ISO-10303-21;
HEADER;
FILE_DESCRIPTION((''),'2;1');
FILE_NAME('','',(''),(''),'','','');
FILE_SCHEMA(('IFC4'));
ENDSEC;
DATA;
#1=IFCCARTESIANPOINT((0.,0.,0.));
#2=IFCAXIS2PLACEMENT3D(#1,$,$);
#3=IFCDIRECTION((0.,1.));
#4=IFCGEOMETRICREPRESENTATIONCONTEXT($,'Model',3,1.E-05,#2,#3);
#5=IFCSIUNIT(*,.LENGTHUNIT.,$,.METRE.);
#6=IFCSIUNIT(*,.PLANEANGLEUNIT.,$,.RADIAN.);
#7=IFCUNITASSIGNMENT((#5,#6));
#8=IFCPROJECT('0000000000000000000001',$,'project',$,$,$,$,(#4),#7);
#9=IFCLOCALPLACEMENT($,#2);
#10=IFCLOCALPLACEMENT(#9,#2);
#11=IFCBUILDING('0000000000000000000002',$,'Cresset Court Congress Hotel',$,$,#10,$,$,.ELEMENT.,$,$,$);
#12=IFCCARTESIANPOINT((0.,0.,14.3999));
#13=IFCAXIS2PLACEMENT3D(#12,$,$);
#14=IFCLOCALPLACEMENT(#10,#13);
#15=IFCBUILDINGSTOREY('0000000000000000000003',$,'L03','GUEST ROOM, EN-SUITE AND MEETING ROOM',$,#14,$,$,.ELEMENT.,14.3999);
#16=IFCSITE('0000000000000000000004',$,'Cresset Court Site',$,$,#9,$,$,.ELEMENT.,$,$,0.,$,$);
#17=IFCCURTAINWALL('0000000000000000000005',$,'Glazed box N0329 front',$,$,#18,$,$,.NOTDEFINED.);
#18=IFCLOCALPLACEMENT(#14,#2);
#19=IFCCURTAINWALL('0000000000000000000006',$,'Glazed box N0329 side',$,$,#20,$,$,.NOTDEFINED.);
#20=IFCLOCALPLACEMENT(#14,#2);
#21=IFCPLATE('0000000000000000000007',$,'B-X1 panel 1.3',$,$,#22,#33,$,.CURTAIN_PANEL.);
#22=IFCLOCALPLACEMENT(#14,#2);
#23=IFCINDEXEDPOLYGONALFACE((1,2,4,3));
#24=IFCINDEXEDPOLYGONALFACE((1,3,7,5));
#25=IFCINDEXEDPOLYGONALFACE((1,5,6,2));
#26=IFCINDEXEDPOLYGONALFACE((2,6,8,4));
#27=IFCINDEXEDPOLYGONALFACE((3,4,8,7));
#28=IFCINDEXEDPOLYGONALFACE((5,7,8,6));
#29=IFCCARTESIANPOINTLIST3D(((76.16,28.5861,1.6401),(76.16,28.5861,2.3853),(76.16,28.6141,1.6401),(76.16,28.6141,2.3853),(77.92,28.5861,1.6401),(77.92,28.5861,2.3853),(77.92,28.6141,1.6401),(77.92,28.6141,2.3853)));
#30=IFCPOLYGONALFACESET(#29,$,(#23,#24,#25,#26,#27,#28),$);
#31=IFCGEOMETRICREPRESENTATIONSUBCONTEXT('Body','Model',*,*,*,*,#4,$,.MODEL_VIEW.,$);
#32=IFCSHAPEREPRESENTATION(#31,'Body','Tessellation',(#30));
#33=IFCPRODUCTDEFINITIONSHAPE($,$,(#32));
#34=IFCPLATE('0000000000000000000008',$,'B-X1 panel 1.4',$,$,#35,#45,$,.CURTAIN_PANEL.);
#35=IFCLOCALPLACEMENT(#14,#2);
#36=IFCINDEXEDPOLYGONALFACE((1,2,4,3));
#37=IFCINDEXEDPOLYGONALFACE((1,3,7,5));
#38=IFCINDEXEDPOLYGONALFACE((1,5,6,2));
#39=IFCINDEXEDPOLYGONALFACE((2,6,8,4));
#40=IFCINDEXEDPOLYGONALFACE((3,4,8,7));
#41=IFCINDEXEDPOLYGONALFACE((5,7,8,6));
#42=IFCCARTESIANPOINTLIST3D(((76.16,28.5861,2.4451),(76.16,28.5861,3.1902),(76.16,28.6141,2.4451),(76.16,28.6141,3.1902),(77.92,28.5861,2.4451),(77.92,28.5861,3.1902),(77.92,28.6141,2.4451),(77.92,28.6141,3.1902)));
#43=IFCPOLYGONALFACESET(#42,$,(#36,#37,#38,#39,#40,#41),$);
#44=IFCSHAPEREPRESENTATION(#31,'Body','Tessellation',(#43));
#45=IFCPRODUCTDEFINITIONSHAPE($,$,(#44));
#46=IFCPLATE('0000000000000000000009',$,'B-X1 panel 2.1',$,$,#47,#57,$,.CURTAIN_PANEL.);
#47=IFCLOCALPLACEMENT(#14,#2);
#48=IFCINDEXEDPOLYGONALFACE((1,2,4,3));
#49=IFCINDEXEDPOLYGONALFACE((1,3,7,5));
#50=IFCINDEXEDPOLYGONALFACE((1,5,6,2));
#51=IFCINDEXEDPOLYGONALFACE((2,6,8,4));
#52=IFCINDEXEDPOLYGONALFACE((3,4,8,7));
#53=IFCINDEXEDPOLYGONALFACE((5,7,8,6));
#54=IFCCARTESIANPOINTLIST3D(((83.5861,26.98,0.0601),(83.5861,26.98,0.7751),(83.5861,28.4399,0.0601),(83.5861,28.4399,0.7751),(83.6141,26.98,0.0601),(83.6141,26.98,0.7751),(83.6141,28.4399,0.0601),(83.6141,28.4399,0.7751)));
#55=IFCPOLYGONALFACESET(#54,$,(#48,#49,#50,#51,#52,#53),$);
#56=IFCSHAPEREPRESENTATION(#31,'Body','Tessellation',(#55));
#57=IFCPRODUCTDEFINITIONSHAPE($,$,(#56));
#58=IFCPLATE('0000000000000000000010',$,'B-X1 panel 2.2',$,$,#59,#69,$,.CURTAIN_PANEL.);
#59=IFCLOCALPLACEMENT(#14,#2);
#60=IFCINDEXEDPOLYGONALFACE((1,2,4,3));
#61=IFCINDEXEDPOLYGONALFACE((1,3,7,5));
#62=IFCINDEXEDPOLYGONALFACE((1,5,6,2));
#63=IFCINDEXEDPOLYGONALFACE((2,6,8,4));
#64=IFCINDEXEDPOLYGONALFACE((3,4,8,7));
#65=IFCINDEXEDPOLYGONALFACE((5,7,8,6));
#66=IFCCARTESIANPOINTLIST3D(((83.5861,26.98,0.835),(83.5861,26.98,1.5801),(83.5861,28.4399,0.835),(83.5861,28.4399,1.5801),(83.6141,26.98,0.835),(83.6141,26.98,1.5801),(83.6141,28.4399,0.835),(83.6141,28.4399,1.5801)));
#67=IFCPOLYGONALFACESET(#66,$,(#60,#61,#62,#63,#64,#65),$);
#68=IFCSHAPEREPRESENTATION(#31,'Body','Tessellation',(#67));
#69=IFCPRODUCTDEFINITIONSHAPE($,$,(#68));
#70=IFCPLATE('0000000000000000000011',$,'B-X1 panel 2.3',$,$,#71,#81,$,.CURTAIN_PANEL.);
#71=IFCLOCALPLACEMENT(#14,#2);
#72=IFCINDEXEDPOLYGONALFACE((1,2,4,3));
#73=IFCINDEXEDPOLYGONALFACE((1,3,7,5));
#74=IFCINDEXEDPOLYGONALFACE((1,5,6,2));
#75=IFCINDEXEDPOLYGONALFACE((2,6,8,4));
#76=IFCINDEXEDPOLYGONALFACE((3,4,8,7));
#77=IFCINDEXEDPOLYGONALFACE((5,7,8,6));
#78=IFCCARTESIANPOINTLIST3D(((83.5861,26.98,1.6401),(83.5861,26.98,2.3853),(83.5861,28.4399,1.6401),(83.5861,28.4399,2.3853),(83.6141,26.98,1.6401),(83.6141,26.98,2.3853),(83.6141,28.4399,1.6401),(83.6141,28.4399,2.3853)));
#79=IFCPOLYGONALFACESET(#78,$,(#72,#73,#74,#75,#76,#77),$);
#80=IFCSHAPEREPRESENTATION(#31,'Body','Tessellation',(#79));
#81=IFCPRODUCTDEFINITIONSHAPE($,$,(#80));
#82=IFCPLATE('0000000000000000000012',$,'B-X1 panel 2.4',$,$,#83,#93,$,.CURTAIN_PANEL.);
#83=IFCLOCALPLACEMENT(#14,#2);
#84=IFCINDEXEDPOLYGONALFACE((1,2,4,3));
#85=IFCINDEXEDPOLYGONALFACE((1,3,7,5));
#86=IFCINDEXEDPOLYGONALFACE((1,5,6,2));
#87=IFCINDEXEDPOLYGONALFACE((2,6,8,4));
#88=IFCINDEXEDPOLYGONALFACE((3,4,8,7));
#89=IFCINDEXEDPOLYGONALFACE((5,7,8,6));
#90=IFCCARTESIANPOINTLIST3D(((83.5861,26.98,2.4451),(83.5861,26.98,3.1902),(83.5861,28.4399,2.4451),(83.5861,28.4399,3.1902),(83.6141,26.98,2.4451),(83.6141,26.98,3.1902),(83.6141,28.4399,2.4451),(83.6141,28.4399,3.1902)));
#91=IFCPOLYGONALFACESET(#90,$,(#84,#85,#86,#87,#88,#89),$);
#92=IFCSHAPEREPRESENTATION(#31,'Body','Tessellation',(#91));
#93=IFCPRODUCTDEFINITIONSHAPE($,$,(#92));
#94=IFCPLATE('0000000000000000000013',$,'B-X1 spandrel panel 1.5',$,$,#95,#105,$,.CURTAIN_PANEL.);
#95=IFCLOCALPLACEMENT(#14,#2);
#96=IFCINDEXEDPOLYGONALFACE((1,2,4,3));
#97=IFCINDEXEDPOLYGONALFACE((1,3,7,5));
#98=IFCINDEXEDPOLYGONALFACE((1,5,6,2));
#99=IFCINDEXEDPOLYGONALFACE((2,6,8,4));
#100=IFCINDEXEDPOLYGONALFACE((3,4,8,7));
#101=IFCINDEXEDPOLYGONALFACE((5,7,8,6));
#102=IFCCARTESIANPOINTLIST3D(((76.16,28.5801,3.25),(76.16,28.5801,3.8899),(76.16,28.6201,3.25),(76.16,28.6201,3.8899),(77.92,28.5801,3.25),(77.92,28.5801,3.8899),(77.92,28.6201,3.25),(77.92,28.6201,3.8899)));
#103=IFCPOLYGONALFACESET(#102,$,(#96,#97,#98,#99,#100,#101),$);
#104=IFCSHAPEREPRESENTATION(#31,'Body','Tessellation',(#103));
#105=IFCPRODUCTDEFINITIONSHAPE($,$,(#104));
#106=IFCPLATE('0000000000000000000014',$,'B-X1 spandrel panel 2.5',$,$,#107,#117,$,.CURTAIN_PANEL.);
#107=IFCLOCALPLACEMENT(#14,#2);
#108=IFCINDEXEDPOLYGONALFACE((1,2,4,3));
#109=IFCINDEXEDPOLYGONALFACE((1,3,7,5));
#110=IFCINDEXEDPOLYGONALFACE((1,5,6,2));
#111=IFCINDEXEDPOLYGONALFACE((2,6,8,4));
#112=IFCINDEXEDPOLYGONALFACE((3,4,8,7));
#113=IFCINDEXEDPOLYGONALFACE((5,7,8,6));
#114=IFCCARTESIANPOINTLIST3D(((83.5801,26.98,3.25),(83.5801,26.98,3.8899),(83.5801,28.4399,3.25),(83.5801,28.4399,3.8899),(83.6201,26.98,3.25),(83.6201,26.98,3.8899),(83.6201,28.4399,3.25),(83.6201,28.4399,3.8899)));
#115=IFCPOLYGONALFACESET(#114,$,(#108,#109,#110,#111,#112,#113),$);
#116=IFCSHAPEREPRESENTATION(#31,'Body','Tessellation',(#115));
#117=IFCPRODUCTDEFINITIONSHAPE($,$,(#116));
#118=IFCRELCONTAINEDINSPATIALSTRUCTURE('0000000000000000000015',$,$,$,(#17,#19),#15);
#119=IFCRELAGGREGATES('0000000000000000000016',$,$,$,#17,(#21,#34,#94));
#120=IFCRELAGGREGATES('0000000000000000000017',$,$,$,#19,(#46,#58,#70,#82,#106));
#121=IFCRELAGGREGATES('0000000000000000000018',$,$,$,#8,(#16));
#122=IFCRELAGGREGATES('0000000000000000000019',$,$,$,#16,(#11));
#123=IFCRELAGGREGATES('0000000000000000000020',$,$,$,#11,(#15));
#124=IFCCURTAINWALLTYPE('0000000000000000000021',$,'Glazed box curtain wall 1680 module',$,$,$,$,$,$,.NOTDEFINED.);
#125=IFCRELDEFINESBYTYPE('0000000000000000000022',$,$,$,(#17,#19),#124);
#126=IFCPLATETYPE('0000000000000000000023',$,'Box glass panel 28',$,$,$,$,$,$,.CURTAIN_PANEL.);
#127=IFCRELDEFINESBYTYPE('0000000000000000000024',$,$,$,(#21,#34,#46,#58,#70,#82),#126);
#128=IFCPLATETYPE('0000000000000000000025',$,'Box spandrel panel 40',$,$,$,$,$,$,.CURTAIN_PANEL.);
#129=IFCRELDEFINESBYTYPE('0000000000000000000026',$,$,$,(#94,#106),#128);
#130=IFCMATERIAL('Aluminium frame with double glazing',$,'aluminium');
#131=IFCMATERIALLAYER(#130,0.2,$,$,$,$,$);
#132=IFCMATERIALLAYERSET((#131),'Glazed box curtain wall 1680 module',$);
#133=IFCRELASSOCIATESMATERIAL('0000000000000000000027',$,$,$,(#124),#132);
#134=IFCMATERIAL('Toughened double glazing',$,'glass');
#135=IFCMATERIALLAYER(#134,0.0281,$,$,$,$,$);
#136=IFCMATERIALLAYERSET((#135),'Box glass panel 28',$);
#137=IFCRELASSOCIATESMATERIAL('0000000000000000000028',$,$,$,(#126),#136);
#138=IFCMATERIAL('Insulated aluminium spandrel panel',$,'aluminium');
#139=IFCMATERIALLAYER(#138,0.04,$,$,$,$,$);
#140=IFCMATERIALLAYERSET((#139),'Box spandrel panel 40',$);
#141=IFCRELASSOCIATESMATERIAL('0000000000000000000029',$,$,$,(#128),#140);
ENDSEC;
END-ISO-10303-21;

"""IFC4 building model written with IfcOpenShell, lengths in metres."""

from ifc_helpers import new_model, si_unit, direction, frame, origin, origin_2d, place, context, subcontext, project, spatial, rectangle, extrude, material, layer, layer_set, type_object, element, aggregate, save


model = new_model("IFC4")

# Units and contexts
model_context = context("Model", 3, precision=1e-05, world=origin(), true_north=direction((0.0, 1.0)))
body_context = subcontext(model_context, "Body", "Model", "MODEL_VIEW")
ifc_project = project(units=[si_unit("LENGTHUNIT", "METRE"), si_unit("PLANEANGLEUNIT", "RADIAN")], contexts=[model_context])

# Site, building, storey
site_placement = place(None, origin())
site = spatial("IfcSite", under=ifc_project, at=site_placement, Name="Cresset Court Site", CompositionType="ELEMENT", RefElevation=0.0)
building_placement = place(site_placement, origin())
building = spatial("IfcBuilding", under=site, at=building_placement, Name="Cresset Court Congress Hotel", CompositionType="ELEMENT")
storey_placement = place(building_placement, frame((0.0, 0.0, 14.3999)))
storey = spatial("IfcBuildingStorey", under=building, at=storey_placement, Name="L03", Description="GUEST ROOM, EN-SUITE AND MEETING ROOM", CompositionType="ELEMENT", Elevation=14.3999)

# Curtain walls
ifc_material_1 = material(Name="Aluminium frame with double glazing", Category="aluminium")
ifc_layer_1 = layer(ifc_material_1, 0.2)
ifc_layer_set_1 = layer_set([ifc_layer_1], Name="Glazed box curtain wall 1680 module")
curtain_wall_type = type_object("IfcCurtainWallType", Name="Glazed box curtain wall 1680 module", PredefinedType="NOTDEFINED", material=ifc_layer_set_1)
curtain_wall_1_placement = place(storey_placement, origin())
curtain_wall_1 = element("IfcCurtainWall", 1, at=curtain_wall_1_placement, inside=storey, type_object=curtain_wall_type, Name="Glazed box N0329 front", PredefinedType="NOTDEFINED")
curtain_wall_2_placement = place(storey_placement, origin())
curtain_wall_2 = element("IfcCurtainWall", 2, at=curtain_wall_2_placement, inside=storey, type_object=curtain_wall_type, Name="Glazed box N0329 side", PredefinedType="NOTDEFINED")

# Plates
ifc_material_2 = material(Name="Toughened double glazing", Category="glass")
ifc_layer_2 = layer(ifc_material_2, 0.0281)
ifc_layer_set_2 = layer_set([ifc_layer_2], Name="Box glass panel 28")
plate_type_1 = type_object("IfcPlateType", Name="Box glass panel 28", PredefinedType="CURTAIN_PANEL", material=ifc_layer_set_2)
plate_1_placement = place(storey_placement, frame((77.04, 28.6001, 1.6401), z_axis=(0.0, 0.0, 1.0), x_axis=(1.0, 0.0, 0.0)))
plate_1 = element("IfcPlate", 3, at=plate_1_placement, type_object=plate_type_1, Name="B-X1 panel 1.3", PredefinedType="CURTAIN_PANEL", context=body_context, shape_type="SweptSolid", body=[
    extrude(rectangle(XDim=1.76, YDim=0.0281, at=origin_2d()), origin(), (0.0, 0.0, 1.0), 0.7451),
])
plate_2_placement = place(storey_placement, frame((77.04, 28.6001, 2.4451), z_axis=(0.0, 0.0, 1.0), x_axis=(1.0, 0.0, 0.0)))
plate_2 = element("IfcPlate", 4, at=plate_2_placement, type_object=plate_type_1, Name="B-X1 panel 1.4", PredefinedType="CURTAIN_PANEL", context=body_context, shape_type="SweptSolid", body=[
    extrude(rectangle(XDim=1.76, YDim=0.0281, at=origin_2d()), origin(), (0.0, 0.0, 1.0), 0.7451),
])
plate_3_placement = place(storey_placement, frame((83.6001, 27.71, 0.0601), z_axis=(0.0, 0.0, 1.0), x_axis=(0.0, 1.0, 0.0)))
plate_3 = element("IfcPlate", 5, at=plate_3_placement, type_object=plate_type_1, Name="B-X1 panel 2.1", PredefinedType="CURTAIN_PANEL", context=body_context, shape_type="SweptSolid", body=[
    extrude(rectangle(XDim=1.46, YDim=0.0281, at=origin_2d()), origin(), (0.0, 0.0, 1.0), 0.7151),
])
plate_4_placement = place(storey_placement, frame((83.6001, 27.71, 0.835), z_axis=(0.0, 0.0, 1.0), x_axis=(0.0, 1.0, 0.0)))
plate_4 = element("IfcPlate", 6, at=plate_4_placement, type_object=plate_type_1, Name="B-X1 panel 2.2", PredefinedType="CURTAIN_PANEL", context=body_context, shape_type="SweptSolid", body=[
    extrude(rectangle(XDim=1.46, YDim=0.0281, at=origin_2d()), origin(), (0.0, 0.0, 1.0), 0.7451),
])
plate_5_placement = place(storey_placement, frame((83.6001, 27.71, 1.6401), z_axis=(0.0, 0.0, 1.0), x_axis=(0.0, 1.0, 0.0)))
plate_5 = element("IfcPlate", 7, at=plate_5_placement, type_object=plate_type_1, Name="B-X1 panel 2.3", PredefinedType="CURTAIN_PANEL", context=body_context, shape_type="SweptSolid", body=[
    extrude(rectangle(XDim=1.46, YDim=0.0281, at=origin_2d()), origin(), (0.0, 0.0, 1.0), 0.7451),
])
plate_6_placement = place(storey_placement, frame((83.6001, 27.71, 2.4451), z_axis=(0.0, 0.0, 1.0), x_axis=(0.0, 1.0, 0.0)))
plate_6 = element("IfcPlate", 8, at=plate_6_placement, type_object=plate_type_1, Name="B-X1 panel 2.4", PredefinedType="CURTAIN_PANEL", context=body_context, shape_type="SweptSolid", body=[
    extrude(rectangle(XDim=1.46, YDim=0.0281, at=origin_2d()), origin(), (0.0, 0.0, 1.0), 0.7451),
])
ifc_material_3 = material(Name="Insulated aluminium spandrel panel", Category="aluminium")
ifc_layer_3 = layer(ifc_material_3, 0.04)
ifc_layer_set_3 = layer_set([ifc_layer_3], Name="Box spandrel panel 40")
plate_type_2 = type_object("IfcPlateType", Name="Box spandrel panel 40", PredefinedType="CURTAIN_PANEL", material=ifc_layer_set_3)
plate_7_placement = place(storey_placement, frame((77.04, 28.6001, 3.25), z_axis=(0.0, 0.0, 1.0), x_axis=(1.0, 0.0, 0.0)))
plate_7 = element("IfcPlate", 9, at=plate_7_placement, type_object=plate_type_2, Name="B-X1 spandrel panel 1.5", PredefinedType="CURTAIN_PANEL", context=body_context, shape_type="SweptSolid", body=[
    extrude(rectangle(XDim=1.76, YDim=0.04, at=origin_2d()), origin(), (0.0, 0.0, 1.0), 0.6399),
])
aggregate(curtain_wall_1, [plate_1, plate_2, plate_7])
plate_8_placement = place(storey_placement, frame((83.6001, 27.71, 3.25), z_axis=(0.0, 0.0, 1.0), x_axis=(0.0, 1.0, 0.0)))
plate_8 = element("IfcPlate", 10, at=plate_8_placement, type_object=plate_type_2, Name="B-X1 spandrel panel 2.5", PredefinedType="CURTAIN_PANEL", context=body_context, shape_type="SweptSolid", body=[
    extrude(rectangle(XDim=1.46, YDim=0.04, at=origin_2d()), origin(), (0.0, 0.0, 1.0), 0.6399),
])
aggregate(curtain_wall_2, [plate_3, plate_4, plate_5, plate_6, plate_8])

save(model, "model.ifc")
